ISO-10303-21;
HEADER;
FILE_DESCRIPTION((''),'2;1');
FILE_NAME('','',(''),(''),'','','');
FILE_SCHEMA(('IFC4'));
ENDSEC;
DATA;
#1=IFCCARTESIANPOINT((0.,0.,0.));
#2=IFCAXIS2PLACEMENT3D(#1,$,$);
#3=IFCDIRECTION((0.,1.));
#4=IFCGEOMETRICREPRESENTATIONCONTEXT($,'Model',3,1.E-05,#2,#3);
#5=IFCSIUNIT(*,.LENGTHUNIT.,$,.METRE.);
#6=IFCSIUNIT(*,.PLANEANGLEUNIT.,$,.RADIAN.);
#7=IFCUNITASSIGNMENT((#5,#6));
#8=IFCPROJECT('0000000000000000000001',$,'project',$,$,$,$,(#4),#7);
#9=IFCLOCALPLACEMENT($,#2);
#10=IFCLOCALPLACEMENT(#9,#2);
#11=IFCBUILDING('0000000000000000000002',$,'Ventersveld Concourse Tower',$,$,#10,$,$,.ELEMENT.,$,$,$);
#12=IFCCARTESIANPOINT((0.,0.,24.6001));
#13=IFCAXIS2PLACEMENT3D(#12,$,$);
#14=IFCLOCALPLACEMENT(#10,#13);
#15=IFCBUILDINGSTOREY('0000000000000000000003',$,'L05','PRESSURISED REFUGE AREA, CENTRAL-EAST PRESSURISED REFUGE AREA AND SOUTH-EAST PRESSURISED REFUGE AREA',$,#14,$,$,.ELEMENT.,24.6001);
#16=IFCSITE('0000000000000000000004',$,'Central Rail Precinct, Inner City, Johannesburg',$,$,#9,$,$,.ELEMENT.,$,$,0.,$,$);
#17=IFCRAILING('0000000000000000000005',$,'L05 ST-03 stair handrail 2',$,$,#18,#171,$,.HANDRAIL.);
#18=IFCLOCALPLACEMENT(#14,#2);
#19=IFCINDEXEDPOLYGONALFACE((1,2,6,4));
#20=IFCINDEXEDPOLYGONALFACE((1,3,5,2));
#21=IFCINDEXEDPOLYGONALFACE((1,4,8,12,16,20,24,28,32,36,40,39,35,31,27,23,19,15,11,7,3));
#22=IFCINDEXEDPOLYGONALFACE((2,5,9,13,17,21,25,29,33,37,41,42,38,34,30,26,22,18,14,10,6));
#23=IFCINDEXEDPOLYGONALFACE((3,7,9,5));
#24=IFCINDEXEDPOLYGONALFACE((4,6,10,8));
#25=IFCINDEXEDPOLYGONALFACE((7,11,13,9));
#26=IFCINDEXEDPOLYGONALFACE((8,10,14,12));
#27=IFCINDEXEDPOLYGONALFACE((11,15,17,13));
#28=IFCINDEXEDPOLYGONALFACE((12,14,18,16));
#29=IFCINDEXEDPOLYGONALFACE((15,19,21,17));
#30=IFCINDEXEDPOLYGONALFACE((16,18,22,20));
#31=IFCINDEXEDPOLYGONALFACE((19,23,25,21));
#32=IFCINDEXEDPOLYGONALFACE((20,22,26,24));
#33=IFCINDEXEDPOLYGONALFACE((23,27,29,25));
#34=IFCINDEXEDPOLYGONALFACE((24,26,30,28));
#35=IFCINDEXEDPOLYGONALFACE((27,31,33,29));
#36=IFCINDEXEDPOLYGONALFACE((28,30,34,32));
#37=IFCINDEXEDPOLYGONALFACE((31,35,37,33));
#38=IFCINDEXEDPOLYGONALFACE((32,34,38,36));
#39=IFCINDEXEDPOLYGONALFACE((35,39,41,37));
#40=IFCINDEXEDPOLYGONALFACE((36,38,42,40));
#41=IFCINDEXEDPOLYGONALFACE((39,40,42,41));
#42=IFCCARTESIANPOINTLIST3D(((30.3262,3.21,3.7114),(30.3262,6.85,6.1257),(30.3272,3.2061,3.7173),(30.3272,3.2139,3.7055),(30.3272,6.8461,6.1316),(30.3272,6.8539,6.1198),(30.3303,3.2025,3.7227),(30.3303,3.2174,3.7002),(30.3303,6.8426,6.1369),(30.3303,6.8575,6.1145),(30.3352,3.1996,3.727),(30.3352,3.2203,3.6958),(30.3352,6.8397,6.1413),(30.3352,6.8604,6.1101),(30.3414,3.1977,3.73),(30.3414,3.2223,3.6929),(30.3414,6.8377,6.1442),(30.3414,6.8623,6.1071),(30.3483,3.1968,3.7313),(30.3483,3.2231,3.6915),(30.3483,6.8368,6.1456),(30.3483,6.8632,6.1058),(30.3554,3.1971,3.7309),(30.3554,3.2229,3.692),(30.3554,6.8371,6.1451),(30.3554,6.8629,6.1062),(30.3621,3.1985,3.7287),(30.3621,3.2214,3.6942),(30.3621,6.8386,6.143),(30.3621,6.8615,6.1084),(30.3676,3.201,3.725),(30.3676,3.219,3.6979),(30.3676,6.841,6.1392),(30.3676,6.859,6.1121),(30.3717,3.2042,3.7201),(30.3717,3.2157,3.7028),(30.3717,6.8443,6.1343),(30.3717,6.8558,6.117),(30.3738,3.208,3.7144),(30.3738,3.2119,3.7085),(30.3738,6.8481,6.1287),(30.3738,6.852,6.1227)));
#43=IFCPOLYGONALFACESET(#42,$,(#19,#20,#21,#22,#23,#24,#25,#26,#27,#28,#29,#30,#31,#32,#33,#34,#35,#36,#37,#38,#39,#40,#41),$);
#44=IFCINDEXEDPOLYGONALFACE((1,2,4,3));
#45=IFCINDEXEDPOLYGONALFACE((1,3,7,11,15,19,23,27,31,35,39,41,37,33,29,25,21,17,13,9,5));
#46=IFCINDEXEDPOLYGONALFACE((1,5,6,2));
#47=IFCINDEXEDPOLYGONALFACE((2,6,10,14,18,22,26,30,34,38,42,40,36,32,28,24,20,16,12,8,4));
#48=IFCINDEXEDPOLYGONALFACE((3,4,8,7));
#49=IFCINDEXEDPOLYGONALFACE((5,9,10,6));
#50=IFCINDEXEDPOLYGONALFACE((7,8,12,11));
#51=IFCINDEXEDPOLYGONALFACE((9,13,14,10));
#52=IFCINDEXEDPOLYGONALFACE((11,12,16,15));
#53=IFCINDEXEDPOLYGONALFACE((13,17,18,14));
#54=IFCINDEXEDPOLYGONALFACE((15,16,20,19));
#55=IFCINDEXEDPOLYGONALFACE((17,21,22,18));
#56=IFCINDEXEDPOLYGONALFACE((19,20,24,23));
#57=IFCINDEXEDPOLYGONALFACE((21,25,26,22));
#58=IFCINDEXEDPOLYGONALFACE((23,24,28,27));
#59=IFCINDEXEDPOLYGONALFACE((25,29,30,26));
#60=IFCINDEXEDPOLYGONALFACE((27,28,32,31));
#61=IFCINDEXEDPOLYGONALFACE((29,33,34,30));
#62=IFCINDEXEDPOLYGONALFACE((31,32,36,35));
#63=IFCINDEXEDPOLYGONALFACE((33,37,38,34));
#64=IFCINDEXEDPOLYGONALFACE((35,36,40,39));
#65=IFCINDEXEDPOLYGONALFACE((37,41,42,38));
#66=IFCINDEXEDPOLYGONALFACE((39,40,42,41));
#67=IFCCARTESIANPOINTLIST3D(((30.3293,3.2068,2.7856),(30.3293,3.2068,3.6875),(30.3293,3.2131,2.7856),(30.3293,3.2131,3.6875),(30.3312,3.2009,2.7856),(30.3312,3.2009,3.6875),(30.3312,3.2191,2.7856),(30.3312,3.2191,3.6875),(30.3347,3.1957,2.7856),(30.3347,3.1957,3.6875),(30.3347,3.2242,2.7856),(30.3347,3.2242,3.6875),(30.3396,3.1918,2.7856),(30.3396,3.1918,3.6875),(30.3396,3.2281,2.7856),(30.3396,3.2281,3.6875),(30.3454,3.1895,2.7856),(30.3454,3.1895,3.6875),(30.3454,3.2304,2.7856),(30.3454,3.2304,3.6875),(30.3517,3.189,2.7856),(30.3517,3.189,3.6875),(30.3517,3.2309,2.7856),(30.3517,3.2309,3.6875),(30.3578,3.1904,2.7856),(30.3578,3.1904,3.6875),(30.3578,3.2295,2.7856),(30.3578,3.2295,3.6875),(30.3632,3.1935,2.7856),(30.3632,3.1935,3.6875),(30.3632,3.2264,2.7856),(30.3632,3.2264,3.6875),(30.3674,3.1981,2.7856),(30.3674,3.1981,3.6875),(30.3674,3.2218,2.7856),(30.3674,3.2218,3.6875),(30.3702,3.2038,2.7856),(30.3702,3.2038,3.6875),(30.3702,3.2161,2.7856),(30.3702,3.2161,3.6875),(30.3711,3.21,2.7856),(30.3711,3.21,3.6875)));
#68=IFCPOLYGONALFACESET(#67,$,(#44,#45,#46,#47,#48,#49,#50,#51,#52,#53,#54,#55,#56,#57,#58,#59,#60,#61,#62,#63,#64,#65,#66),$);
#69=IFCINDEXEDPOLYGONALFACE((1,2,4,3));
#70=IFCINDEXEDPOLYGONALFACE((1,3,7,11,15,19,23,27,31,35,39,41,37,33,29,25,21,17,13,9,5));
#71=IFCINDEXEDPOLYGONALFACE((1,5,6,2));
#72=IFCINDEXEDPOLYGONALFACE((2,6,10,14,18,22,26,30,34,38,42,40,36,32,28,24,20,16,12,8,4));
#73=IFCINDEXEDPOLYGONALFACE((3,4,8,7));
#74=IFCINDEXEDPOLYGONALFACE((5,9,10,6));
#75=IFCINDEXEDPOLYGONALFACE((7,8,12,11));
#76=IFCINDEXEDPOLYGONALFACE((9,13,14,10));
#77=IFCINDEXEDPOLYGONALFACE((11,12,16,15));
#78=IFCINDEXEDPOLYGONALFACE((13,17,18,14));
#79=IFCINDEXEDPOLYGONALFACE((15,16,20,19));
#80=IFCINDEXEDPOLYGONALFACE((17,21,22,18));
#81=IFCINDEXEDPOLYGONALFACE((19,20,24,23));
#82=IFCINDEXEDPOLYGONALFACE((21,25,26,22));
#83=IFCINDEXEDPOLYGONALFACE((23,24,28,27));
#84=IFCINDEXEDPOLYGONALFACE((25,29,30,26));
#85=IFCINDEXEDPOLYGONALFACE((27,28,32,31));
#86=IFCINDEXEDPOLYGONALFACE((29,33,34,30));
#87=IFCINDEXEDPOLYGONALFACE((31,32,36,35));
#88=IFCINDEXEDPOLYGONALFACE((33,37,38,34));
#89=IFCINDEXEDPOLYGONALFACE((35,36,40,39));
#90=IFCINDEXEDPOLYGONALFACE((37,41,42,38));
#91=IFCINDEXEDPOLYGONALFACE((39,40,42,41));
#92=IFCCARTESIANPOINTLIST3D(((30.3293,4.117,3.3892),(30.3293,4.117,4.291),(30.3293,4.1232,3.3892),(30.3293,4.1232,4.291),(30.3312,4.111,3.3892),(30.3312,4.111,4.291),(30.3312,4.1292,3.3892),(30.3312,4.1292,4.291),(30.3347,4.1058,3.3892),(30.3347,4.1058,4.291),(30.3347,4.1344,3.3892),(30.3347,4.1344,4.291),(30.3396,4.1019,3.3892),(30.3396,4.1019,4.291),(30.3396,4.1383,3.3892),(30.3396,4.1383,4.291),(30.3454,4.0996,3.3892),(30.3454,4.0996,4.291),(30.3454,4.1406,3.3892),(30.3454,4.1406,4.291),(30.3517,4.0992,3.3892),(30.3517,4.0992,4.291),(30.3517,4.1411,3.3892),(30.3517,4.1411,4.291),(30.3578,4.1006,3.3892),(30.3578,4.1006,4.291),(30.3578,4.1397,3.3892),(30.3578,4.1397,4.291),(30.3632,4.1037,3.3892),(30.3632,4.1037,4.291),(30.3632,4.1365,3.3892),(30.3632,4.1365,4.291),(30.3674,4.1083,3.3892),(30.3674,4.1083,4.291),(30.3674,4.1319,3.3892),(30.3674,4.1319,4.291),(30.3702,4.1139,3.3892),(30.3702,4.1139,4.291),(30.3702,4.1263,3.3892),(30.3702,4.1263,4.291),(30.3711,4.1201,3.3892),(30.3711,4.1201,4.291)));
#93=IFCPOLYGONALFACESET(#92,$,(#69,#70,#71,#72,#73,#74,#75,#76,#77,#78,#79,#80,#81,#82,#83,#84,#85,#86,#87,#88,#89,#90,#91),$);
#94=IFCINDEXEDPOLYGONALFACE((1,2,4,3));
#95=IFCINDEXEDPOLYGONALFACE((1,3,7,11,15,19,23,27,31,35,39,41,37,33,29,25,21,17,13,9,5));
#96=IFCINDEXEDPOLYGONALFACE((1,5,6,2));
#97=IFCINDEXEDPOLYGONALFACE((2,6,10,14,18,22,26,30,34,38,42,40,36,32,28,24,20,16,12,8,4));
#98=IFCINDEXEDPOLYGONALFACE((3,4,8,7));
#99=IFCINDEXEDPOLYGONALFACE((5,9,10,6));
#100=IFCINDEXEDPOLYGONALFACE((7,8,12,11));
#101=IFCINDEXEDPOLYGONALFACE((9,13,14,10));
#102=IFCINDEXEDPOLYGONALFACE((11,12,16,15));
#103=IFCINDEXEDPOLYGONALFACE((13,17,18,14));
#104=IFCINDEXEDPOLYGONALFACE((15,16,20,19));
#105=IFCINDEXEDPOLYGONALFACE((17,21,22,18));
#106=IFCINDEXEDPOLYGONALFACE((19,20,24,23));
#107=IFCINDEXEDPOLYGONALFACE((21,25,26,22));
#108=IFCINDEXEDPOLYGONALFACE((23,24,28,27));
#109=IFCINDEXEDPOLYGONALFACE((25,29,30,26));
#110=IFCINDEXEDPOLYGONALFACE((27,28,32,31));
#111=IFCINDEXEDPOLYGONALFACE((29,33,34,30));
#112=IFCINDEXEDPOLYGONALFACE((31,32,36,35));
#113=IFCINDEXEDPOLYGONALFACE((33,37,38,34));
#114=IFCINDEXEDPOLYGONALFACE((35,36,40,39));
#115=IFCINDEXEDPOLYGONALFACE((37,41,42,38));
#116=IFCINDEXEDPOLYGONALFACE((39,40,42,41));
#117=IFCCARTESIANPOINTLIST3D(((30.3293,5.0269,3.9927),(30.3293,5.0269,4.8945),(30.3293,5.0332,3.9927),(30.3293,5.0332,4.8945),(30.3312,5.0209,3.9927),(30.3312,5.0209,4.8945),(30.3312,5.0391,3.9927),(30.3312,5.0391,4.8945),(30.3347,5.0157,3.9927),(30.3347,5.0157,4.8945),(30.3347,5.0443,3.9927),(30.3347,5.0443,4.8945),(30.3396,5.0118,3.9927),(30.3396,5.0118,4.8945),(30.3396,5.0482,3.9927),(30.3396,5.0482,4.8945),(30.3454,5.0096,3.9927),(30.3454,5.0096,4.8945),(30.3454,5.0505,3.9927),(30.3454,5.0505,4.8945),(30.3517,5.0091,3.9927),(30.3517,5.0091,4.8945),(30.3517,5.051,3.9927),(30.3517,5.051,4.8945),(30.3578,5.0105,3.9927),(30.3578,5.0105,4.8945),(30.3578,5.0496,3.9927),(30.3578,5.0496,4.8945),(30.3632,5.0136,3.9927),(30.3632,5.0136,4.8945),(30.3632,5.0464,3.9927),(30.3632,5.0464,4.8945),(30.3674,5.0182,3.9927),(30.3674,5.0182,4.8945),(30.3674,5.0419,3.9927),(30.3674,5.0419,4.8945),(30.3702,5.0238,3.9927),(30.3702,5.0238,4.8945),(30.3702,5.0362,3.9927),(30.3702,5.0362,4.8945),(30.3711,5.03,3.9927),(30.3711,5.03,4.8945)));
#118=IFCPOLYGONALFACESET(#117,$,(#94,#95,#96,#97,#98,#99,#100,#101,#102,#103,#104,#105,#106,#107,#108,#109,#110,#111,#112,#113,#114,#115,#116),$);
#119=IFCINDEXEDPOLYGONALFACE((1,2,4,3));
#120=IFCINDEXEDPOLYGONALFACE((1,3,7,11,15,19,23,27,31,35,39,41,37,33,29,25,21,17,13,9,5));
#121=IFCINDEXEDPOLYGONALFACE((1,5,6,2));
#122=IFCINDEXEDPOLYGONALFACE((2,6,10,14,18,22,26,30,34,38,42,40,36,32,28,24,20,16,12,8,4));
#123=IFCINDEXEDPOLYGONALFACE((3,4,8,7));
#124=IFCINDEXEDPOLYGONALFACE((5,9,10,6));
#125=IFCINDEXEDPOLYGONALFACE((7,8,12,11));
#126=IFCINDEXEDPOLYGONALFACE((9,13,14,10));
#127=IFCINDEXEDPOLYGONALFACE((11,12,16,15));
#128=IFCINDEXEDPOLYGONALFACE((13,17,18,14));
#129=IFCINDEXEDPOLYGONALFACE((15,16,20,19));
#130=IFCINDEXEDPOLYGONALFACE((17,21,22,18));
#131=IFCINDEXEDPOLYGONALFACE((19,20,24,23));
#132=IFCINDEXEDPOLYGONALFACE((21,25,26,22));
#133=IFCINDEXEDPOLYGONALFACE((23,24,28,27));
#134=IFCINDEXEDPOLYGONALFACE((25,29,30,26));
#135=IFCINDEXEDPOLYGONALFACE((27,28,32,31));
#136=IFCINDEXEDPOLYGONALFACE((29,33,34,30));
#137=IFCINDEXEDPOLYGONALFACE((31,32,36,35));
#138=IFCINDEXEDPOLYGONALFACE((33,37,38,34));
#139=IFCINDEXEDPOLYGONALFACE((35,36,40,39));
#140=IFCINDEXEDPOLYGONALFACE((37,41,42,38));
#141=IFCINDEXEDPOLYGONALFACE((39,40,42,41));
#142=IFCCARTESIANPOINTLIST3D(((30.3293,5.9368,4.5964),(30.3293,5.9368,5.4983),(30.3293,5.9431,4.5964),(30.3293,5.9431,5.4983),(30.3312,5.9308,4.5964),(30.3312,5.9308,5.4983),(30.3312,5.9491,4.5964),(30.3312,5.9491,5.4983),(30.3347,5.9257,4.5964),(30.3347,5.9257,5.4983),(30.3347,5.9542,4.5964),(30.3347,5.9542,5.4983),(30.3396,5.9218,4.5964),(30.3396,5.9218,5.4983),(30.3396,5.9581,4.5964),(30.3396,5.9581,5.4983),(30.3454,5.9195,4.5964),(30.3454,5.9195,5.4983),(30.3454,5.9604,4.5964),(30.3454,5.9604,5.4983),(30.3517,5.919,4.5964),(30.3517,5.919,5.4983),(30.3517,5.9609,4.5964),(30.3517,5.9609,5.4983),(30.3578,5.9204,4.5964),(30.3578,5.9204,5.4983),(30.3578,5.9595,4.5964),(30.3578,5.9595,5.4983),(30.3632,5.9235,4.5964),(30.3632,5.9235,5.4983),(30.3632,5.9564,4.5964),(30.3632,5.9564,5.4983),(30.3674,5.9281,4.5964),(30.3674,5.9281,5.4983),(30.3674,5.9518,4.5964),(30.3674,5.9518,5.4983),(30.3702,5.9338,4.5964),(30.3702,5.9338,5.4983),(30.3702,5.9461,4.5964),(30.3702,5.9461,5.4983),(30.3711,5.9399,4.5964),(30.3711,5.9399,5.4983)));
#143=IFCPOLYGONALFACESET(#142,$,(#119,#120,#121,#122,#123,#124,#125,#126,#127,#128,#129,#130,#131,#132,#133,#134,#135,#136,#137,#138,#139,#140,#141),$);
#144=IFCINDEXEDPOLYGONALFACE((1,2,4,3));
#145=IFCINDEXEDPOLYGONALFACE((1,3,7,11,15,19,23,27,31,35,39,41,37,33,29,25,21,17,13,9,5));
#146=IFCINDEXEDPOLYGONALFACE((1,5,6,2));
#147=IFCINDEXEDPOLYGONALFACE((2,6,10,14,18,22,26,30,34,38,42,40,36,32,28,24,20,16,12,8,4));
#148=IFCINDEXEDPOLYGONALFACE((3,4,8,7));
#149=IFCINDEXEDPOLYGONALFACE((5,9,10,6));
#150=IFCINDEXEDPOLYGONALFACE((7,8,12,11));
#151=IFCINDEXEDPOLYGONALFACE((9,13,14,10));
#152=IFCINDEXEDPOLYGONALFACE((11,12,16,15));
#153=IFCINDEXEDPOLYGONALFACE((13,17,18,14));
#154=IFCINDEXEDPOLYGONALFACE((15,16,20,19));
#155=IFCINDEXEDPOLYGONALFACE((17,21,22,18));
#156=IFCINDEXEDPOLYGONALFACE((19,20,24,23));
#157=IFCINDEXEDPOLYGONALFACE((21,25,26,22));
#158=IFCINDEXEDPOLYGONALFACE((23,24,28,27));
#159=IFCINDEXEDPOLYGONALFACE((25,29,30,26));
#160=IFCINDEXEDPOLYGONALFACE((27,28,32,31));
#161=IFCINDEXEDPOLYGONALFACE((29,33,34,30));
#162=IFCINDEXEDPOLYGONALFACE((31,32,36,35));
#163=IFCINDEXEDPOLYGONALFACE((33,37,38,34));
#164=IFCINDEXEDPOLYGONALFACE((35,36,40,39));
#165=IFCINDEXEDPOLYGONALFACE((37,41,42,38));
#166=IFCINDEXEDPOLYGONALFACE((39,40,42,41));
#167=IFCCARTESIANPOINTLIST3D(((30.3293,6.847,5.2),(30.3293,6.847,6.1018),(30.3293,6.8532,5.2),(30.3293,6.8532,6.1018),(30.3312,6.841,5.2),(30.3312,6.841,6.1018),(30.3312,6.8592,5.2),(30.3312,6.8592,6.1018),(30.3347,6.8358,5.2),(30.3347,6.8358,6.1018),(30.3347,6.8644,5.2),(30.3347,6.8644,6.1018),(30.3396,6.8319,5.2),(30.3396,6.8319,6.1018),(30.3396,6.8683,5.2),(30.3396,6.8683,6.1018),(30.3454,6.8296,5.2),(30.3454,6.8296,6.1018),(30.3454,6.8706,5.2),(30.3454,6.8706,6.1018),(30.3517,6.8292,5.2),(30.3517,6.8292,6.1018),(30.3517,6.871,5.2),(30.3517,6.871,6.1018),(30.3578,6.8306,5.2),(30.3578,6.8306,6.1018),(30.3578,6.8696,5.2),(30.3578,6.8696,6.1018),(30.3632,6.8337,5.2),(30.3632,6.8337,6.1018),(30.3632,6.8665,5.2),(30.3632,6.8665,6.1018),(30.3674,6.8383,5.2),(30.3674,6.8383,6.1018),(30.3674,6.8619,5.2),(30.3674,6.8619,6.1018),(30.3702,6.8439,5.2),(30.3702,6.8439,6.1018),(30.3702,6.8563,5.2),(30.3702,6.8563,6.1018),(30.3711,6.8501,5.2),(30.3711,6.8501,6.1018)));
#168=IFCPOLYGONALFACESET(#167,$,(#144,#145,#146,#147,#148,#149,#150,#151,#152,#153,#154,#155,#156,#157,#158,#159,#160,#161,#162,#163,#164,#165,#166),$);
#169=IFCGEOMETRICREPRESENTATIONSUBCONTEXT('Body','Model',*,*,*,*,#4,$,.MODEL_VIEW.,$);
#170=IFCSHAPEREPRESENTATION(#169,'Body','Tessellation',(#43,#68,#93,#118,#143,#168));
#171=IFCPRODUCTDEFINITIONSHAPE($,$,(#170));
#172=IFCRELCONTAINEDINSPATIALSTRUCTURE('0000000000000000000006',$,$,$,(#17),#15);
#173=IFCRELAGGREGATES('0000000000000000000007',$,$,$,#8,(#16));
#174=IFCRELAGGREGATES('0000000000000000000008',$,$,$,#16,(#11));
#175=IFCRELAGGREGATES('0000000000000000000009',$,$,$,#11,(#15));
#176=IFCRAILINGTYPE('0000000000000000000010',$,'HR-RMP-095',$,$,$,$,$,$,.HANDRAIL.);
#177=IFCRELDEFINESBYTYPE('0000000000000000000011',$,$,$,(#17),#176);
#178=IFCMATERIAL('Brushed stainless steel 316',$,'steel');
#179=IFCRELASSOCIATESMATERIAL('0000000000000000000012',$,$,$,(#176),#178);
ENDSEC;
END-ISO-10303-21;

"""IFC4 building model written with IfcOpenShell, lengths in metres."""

from ifc_helpers import new_model, si_unit, direction, frame, origin, origin_2d, place, context, subcontext, project, spatial, circle, extrude, material, type_object, element, save


model = new_model("IFC4")

# Units and contexts
model_context = context("Model", 3, precision=1e-05, world=origin(), true_north=direction((0.0, 1.0)))
body_context = subcontext(model_context, "Body", "Model", "MODEL_VIEW")
ifc_project = project(units=[si_unit("LENGTHUNIT", "METRE"), si_unit("PLANEANGLEUNIT", "RADIAN")], contexts=[model_context])

# Site, building, storey
site_placement = place(None, origin())
site = spatial("IfcSite", under=ifc_project, at=site_placement, Name="Central Rail Precinct, Inner City, Johannesburg", CompositionType="ELEMENT", RefElevation=0.0)
building_placement = place(site_placement, origin())
building = spatial("IfcBuilding", under=site, at=building_placement, Name="Ventersveld Concourse Tower", CompositionType="ELEMENT")
storey_placement = place(building_placement, frame((0.0, 0.0, 24.6001)))
storey = spatial("IfcBuildingStorey", under=building, at=storey_placement, Name="L05", Description="PRESSURISED REFUGE AREA, CENTRAL-EAST PRESSURISED REFUGE AREA AND SOUTH-EAST PRESSURISED REFUGE AREA", CompositionType="ELEMENT", Elevation=24.6001)

# Railing
ifc_material_1 = material(Name="Brushed stainless steel 316", Category="steel")
railing_type_1 = type_object("IfcRailingType", Name="HR-RMP-095", PredefinedType="HANDRAIL", material=ifc_material_1)
railing_1_placement = place(storey_placement, frame((30.3501, 3.21, 2.7856)))
element("IfcRailing", 1, at=railing_1_placement, inside=storey, type_object=railing_type_1, Name="L05 ST-03 stair handrail 2", PredefinedType="HANDRAIL", context=body_context, shape_type="SweptSolid", body=[
    extrude(circle(Radius=0.0239, at=origin_2d()), frame((0.0, 0.0, 0.9258), z_axis=(0.0, 0.833364, 0.552725), x_axis=(-1.0, 0.0, 0.0)), (0.0, 0.0, 1.0), 4.3679),
    extrude(circle(Radius=0.021, at=origin_2d()), origin(), (0.0, 0.0, 1.0), 0.9019),
    extrude(circle(Radius=0.021, at=origin_2d()), frame((0.0, 0.9102, 0.6035)), (0.0, 0.0, 1.0), 0.9019),
    extrude(circle(Radius=0.021, at=origin_2d()), frame((0.0, 1.8201, 1.207)), (0.0, 0.0, 1.0), 0.9019),
    extrude(circle(Radius=0.021, at=origin_2d()), frame((0.0, 2.73, 1.8108)), (0.0, 0.0, 1.0), 0.9019),
    extrude(circle(Radius=0.021, at=origin_2d()), frame((0.0, 3.6401, 2.4143)), (0.0, 0.0, 1.0), 0.9019),
])

save(model, "model.ifc")
